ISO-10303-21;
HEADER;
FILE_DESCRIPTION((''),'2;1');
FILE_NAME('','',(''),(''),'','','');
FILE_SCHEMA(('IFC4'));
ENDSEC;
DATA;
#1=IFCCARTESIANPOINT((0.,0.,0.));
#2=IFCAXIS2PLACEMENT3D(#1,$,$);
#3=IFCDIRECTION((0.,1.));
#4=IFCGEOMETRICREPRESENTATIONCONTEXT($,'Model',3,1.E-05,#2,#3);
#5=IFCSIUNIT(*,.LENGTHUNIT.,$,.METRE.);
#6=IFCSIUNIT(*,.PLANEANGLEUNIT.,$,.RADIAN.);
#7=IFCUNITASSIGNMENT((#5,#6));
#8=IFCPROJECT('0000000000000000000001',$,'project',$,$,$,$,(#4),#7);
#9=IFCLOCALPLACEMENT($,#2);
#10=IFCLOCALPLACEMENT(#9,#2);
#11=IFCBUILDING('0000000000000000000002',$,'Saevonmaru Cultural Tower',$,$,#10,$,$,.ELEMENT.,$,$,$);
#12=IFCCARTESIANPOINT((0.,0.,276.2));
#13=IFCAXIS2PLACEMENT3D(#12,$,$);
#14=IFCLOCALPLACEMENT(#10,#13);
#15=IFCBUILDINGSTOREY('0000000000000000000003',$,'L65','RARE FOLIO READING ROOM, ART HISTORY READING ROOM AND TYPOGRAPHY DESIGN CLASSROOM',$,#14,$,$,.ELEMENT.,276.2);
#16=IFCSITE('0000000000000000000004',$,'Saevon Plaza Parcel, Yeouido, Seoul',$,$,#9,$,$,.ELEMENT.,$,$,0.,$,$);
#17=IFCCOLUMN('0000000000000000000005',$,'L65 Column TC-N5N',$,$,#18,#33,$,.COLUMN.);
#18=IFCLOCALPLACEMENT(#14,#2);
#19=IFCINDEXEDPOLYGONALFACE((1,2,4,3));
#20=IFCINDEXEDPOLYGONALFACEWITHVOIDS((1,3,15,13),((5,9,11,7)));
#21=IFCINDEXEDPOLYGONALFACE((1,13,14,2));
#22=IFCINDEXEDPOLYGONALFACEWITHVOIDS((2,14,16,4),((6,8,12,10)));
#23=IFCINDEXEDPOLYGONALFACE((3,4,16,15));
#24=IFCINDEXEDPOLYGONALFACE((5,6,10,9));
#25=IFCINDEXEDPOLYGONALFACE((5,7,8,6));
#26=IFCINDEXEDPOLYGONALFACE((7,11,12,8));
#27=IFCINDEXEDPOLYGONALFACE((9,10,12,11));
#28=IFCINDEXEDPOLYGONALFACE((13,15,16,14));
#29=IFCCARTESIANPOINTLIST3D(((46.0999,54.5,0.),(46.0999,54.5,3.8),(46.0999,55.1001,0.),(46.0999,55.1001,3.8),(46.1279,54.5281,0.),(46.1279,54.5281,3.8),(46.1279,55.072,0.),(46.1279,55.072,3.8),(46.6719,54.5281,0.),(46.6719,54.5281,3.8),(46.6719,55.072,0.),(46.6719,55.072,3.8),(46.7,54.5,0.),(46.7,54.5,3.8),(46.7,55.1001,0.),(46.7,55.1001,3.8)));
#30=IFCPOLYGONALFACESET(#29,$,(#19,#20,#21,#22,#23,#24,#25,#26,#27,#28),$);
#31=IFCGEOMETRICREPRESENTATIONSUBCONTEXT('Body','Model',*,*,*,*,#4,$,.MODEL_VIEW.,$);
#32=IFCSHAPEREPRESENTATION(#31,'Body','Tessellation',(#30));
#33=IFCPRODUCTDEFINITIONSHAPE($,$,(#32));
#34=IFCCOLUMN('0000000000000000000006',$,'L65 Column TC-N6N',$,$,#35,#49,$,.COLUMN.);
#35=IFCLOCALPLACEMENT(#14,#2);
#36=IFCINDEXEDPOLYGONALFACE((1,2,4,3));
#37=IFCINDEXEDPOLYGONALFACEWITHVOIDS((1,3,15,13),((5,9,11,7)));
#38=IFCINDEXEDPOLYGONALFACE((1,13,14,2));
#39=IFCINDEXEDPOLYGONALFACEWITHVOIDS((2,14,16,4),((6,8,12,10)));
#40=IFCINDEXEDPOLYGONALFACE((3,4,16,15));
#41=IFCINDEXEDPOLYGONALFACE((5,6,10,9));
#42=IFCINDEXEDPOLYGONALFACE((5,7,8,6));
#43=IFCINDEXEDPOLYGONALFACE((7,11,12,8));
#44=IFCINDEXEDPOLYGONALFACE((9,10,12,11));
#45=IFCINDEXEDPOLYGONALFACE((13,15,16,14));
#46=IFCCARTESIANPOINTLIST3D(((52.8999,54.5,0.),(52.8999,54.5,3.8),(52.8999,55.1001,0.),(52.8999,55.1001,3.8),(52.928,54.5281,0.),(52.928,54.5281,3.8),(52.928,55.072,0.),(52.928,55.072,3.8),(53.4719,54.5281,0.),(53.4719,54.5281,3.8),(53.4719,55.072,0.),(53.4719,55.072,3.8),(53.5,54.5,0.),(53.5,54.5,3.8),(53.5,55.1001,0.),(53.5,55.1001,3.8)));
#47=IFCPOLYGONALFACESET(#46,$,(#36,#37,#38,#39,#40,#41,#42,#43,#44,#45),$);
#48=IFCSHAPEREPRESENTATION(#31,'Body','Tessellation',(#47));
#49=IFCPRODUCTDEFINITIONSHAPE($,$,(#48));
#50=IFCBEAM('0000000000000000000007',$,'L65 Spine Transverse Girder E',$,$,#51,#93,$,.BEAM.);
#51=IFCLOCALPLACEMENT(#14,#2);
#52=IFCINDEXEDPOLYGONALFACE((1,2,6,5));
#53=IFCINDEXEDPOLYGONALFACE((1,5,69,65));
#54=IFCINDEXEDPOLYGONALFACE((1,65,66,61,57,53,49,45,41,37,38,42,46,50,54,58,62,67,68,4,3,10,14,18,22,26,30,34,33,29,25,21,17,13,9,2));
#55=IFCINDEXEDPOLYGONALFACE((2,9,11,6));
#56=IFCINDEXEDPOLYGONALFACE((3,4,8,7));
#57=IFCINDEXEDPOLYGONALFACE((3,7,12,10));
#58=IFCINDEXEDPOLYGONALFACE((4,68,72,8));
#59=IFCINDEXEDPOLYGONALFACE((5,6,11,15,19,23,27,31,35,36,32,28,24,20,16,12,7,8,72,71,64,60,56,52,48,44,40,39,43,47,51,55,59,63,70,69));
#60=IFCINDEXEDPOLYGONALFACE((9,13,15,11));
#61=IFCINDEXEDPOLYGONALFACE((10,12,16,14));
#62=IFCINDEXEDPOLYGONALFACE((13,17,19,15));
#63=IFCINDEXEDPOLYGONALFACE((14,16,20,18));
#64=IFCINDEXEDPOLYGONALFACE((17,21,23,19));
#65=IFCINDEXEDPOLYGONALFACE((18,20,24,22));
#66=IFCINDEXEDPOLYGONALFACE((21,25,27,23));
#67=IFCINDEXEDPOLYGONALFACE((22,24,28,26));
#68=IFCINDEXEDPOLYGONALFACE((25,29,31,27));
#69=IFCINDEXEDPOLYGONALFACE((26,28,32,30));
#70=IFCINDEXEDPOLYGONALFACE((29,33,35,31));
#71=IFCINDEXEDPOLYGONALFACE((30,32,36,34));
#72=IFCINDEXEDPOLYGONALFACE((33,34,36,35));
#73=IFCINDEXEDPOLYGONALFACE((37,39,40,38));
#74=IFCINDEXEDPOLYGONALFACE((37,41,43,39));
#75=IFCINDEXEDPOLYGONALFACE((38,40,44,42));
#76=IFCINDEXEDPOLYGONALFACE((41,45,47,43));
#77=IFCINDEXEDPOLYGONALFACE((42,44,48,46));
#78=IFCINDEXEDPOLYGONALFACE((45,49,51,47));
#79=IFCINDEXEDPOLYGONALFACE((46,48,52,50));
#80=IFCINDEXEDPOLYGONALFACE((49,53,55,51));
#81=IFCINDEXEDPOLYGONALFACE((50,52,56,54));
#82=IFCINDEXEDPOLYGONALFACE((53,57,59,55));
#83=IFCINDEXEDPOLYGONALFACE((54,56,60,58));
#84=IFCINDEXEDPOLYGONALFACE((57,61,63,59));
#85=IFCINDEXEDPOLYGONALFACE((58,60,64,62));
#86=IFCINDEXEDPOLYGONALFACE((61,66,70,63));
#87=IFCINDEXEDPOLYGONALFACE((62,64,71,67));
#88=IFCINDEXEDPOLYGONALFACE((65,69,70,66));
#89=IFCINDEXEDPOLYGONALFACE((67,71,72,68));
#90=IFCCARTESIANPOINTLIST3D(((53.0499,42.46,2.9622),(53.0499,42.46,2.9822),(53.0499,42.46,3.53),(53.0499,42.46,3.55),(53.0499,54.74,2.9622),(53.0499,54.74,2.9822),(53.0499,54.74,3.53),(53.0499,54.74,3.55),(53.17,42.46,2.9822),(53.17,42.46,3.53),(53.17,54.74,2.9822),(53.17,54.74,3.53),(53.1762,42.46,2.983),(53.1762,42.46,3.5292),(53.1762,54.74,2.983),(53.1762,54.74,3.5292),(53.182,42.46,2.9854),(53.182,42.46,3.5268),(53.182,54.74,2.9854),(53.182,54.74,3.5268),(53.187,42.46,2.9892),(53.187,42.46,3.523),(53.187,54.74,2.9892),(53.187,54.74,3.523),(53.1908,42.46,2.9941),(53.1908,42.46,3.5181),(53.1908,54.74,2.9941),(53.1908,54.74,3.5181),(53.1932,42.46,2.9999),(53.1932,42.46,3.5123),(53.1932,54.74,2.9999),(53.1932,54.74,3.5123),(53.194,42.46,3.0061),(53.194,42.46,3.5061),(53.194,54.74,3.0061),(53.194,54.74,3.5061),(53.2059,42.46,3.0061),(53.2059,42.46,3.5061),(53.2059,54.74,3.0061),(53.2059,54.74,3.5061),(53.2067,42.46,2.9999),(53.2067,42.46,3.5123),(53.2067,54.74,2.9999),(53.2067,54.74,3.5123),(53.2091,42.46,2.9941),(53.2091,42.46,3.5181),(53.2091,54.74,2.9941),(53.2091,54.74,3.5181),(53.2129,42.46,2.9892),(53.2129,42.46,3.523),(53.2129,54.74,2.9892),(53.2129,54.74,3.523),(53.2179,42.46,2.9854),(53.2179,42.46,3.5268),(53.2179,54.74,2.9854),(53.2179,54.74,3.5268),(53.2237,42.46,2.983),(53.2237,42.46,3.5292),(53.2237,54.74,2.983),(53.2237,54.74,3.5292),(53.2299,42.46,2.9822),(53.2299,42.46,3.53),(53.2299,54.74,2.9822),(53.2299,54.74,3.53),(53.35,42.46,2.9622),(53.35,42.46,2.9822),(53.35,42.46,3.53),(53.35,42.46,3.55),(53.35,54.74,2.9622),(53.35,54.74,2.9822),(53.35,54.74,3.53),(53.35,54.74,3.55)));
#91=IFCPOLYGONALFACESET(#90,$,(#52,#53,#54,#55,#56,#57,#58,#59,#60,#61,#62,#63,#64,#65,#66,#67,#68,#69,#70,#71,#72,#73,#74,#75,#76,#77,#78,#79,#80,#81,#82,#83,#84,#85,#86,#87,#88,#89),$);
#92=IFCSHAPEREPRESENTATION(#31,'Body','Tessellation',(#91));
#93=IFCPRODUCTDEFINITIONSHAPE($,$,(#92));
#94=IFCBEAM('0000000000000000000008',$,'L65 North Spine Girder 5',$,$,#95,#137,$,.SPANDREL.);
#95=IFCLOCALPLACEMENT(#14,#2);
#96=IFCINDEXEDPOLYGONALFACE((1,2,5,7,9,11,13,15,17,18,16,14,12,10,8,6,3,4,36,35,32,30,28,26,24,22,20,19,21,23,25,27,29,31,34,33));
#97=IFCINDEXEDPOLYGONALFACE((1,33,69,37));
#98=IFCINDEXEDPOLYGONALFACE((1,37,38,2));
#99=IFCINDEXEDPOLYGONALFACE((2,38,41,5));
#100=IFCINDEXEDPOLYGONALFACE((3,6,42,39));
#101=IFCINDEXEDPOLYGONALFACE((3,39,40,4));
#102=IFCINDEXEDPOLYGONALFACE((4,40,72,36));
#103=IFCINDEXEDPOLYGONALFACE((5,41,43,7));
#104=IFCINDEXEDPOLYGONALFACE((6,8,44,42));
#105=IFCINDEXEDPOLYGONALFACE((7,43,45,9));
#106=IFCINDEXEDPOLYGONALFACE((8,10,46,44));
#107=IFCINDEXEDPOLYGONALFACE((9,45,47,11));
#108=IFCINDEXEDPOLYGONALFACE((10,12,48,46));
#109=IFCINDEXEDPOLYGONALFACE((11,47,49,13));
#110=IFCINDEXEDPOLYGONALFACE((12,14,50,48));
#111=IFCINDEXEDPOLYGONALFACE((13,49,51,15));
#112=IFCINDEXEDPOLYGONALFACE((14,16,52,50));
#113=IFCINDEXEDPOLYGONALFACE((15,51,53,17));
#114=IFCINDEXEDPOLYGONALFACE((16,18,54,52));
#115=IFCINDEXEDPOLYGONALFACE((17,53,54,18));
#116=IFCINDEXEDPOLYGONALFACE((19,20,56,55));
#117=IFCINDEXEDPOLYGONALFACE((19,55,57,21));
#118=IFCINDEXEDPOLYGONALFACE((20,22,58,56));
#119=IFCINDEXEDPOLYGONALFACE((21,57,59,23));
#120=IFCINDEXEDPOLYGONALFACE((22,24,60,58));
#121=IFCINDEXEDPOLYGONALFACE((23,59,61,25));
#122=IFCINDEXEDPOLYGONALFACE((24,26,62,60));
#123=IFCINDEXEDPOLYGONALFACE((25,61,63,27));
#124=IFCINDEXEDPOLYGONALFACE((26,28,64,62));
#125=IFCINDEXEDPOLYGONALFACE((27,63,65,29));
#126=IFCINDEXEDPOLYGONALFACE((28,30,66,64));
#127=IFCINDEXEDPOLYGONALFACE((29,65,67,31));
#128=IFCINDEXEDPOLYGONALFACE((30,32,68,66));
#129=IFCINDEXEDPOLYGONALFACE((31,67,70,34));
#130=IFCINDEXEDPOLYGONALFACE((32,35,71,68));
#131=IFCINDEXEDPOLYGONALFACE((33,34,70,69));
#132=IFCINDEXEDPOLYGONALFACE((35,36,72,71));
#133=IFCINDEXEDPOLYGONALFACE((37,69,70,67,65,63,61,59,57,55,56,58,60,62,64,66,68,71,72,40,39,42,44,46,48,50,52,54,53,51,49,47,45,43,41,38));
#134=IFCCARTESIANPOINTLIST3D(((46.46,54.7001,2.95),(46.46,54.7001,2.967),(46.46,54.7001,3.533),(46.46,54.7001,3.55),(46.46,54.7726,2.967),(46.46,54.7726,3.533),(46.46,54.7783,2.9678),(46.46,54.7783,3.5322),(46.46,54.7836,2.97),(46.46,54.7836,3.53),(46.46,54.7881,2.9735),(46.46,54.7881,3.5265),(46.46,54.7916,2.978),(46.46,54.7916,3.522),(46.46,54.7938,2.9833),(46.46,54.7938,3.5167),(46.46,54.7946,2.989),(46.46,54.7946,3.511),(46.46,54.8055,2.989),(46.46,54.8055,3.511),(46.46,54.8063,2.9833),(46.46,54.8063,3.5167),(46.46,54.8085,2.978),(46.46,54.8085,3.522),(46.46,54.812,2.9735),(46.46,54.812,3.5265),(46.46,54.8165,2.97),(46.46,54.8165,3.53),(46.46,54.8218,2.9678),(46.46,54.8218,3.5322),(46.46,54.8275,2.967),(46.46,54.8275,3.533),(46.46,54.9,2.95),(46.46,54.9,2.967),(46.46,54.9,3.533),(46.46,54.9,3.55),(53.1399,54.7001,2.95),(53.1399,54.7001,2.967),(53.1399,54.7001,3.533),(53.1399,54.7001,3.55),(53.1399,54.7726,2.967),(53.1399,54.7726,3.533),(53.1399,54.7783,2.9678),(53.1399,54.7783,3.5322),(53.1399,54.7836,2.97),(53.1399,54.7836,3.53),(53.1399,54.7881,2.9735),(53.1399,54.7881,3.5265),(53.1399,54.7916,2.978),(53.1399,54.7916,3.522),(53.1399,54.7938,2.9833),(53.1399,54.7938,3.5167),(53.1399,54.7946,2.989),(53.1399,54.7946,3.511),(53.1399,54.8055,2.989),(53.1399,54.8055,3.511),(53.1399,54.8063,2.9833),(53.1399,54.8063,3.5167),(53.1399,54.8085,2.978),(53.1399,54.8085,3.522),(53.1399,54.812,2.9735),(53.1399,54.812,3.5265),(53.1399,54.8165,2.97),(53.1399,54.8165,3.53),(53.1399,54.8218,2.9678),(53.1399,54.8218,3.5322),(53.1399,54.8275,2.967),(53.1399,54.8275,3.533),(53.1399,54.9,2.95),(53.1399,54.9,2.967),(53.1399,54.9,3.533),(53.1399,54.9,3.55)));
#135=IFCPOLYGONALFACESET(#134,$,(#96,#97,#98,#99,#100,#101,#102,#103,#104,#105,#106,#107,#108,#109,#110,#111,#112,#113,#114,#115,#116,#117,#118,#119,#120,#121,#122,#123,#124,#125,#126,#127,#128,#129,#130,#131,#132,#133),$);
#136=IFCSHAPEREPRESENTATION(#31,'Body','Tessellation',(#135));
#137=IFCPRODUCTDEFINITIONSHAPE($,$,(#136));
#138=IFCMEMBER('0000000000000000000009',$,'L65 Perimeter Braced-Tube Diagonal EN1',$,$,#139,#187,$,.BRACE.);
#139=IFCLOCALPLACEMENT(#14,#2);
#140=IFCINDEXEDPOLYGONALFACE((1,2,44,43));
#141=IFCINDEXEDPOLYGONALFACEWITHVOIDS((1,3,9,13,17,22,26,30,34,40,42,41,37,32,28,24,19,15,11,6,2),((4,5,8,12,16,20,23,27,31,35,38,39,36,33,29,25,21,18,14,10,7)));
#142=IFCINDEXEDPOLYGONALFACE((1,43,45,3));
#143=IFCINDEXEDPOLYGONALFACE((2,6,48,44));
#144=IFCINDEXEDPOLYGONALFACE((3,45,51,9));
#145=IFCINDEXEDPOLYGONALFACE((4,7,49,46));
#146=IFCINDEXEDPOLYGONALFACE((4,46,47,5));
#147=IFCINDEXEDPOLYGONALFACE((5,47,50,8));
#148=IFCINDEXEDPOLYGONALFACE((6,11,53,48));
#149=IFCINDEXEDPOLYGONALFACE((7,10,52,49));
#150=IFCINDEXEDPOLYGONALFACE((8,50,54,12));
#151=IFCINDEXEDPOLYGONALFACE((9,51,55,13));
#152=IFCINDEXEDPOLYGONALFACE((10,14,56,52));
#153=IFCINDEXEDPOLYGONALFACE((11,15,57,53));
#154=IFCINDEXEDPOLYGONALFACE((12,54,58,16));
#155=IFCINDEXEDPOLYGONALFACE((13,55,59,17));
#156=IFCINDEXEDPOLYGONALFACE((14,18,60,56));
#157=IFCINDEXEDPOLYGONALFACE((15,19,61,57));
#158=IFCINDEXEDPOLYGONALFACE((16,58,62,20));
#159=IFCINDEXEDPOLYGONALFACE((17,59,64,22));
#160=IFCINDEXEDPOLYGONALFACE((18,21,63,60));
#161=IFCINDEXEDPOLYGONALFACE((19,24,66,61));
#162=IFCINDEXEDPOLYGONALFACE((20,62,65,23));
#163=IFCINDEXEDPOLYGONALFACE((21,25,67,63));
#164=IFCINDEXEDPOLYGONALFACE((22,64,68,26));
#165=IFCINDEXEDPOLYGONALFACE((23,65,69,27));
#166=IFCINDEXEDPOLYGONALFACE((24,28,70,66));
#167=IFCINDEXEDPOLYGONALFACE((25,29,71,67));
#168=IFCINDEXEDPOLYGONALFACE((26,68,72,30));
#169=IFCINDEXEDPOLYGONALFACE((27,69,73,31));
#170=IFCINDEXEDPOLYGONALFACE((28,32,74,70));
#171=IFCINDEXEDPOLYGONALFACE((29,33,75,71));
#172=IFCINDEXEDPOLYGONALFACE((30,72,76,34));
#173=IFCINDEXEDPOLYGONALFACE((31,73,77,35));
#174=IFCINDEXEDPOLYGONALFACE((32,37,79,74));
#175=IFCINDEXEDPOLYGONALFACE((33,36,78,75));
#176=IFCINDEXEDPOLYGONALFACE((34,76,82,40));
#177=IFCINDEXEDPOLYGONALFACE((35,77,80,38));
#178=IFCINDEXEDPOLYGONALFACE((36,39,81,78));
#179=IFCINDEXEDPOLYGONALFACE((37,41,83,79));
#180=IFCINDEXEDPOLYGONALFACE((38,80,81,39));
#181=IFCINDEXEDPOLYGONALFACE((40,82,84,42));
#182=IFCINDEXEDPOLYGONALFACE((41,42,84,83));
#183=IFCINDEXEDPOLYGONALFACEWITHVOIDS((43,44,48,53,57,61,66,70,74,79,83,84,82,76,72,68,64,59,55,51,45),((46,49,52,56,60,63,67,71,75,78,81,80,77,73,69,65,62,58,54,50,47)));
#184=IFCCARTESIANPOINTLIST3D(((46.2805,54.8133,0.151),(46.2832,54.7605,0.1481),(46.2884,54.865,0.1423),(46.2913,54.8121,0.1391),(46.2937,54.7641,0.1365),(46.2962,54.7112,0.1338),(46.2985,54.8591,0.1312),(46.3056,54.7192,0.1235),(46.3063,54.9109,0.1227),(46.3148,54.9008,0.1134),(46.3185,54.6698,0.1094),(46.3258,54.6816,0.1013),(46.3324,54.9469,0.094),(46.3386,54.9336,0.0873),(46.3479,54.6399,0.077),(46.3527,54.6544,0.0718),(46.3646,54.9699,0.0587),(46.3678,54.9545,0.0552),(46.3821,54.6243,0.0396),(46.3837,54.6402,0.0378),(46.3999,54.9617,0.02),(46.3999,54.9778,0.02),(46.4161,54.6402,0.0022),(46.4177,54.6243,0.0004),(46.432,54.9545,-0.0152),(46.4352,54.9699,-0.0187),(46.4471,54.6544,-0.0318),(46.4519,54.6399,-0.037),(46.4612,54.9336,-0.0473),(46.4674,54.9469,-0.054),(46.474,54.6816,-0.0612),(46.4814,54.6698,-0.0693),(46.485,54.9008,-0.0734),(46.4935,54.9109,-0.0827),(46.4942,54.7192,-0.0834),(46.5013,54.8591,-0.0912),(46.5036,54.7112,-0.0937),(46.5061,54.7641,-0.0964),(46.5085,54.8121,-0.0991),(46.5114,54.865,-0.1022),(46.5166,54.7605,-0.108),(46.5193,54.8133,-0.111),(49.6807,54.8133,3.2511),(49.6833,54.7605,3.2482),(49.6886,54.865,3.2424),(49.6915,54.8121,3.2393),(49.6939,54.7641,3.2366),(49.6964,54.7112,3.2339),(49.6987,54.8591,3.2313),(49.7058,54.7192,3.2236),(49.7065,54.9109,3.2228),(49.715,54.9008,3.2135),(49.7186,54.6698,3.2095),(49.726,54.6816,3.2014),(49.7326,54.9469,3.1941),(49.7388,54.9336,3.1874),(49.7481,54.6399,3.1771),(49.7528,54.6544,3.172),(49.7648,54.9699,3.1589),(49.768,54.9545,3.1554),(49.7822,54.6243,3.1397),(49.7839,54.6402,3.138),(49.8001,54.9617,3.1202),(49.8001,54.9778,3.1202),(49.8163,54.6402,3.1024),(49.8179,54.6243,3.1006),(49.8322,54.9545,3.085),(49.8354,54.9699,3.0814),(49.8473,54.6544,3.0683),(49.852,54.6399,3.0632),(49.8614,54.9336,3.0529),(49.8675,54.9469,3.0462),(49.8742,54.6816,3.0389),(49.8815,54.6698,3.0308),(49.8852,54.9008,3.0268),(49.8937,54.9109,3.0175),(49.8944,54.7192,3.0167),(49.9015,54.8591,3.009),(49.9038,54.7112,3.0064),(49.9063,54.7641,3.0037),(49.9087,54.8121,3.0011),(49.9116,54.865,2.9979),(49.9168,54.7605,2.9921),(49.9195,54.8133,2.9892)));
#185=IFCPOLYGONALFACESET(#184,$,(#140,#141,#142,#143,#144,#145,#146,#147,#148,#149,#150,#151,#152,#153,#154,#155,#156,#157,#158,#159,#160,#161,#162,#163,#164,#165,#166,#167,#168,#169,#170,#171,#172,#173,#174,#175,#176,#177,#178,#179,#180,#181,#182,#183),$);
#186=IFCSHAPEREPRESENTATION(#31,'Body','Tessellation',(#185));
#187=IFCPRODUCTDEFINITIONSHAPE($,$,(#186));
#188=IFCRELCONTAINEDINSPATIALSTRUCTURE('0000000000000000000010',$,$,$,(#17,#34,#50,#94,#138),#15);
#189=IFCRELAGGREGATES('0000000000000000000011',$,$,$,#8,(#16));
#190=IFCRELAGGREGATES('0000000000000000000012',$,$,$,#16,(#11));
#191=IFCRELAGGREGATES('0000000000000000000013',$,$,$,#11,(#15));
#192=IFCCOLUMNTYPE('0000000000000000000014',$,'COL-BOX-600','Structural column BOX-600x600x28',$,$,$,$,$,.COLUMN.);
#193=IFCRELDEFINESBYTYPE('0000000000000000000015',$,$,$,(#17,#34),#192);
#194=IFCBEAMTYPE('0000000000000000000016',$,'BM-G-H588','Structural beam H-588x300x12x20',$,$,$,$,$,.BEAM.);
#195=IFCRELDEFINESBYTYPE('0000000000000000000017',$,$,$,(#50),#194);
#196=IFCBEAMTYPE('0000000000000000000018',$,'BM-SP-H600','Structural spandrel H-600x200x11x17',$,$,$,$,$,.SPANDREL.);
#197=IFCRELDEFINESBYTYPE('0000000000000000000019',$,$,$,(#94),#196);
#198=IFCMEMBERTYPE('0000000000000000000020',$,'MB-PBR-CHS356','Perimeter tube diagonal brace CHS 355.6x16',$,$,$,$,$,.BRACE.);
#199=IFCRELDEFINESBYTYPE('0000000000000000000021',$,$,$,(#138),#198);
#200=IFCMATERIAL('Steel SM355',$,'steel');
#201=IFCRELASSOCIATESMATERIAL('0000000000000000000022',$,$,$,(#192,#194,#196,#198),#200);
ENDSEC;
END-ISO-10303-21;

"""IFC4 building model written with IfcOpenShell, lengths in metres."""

from ifc_helpers import new_model, si_unit, direction, frame, origin, origin_2d, place, context, subcontext, project, spatial, hollow_rectangle, hollow_circle, i_section, extrude, material, material_profile, profile_set, type_object, element, save


model = new_model("IFC4")

# Units and contexts
model_context = context("Model", 3, precision=1e-05, world=origin(), true_north=direction((0.0, 1.0)))
body_context = subcontext(model_context, "Body", "Model", "MODEL_VIEW")
ifc_project = project(units=[si_unit("LENGTHUNIT", "METRE"), si_unit("PLANEANGLEUNIT", "RADIAN")], contexts=[model_context])

# Site, building, storey
site_placement = place(None, origin())
site = spatial("IfcSite", under=ifc_project, at=site_placement, Name="Saevon Plaza Parcel, Yeouido, Seoul", CompositionType="ELEMENT", RefElevation=0.0)
building_placement = place(site_placement, origin())
building = spatial("IfcBuilding", under=site, at=building_placement, Name="Saevonmaru Cultural Tower", CompositionType="ELEMENT")
storey_placement = place(building_placement, frame((0.0, 0.0, 276.2)))
storey = spatial("IfcBuildingStorey", under=building, at=storey_placement, Name="L65", Description="RARE FOLIO READING ROOM, ART HISTORY READING ROOM AND TYPOGRAPHY DESIGN CLASSROOM", CompositionType="ELEMENT", Elevation=276.2)

# Columns
ifc_material_1 = material(Name="Steel SM355", Category="steel")
ifc_material_profile_1 = material_profile(ifc_material_1, hollow_rectangle(XDim=0.6001, YDim=0.6001, WallThickness=0.0281, at=origin_2d()), Name="BOX-600x600x28")
ifc_profile_set_1 = profile_set([ifc_material_profile_1], Name="Steel SM355")
column_type = type_object("IfcColumnType", Name="COL-BOX-600", Description="Structural column BOX-600x600x28", PredefinedType="COLUMN", material=ifc_profile_set_1)
for number, where, z_axis, x_axis, name in (
    (1, (46.3999, 54.8, 0.0), (0.0, 0.0, 1.0), (1.0, 0.0, 0.0), "L65 Column TC-N5N"),
    (2, (53.2, 54.8, 0.0), (0.0, 0.0, 1.0), (1.0, 0.0, 0.0), "L65 Column TC-N6N"),
):
    element("IfcColumn", number, at=place(storey_placement, frame(where, z_axis=z_axis, x_axis=x_axis)), inside=storey, type_object=column_type, Name=name, PredefinedType="COLUMN", context=body_context, shape_type="SweptSolid", body=[
        extrude(hollow_rectangle(XDim=0.6001, YDim=0.6001, WallThickness=0.0281, at=origin_2d()), origin(), (0.0, 0.0, 1.0), 3.8),
    ])

# Beams
ifc_material_profile_2 = material_profile(ifc_material_1, i_section(OverallWidth=0.3, OverallDepth=0.5879, WebThickness=0.012, FlangeThickness=0.02, FilletRadius=0.0239, at=origin_2d()), Name="H-588x300x12x20")
ifc_profile_set_2 = profile_set([ifc_material_profile_2], Name="Steel SM355")
beam_type_1 = type_object("IfcBeamType", Name="BM-G-H588", Description="Structural beam H-588x300x12x20", PredefinedType="BEAM", material=ifc_profile_set_2)
beam_1_placement = place(storey_placement, frame((53.2, 54.74, 3.2561), z_axis=(0.0, -1.0, 0.0), x_axis=(1.0, 0.0, 0.0)))
element("IfcBeam", 3, at=beam_1_placement, inside=storey, type_object=beam_type_1, Name="L65 Spine Transverse Girder E", PredefinedType="BEAM", context=body_context, shape_type="SweptSolid", body=[
    extrude(i_section(OverallWidth=0.3, OverallDepth=0.5879, WebThickness=0.012, FlangeThickness=0.02, FilletRadius=0.0239, at=origin_2d()), origin(), (0.0, 0.0, 1.0), 12.28),
])
ifc_material_profile_3 = material_profile(ifc_material_1, i_section(OverallWidth=0.2, OverallDepth=0.6001, WebThickness=0.011, FlangeThickness=0.0171, FilletRadius=0.022, at=origin_2d()), Name="H-600x200x11x17")
ifc_profile_set_3 = profile_set([ifc_material_profile_3], Name="Steel SM355")
beam_type_2 = type_object("IfcBeamType", Name="BM-SP-H600", Description="Structural spandrel H-600x200x11x17", PredefinedType="SPANDREL", material=ifc_profile_set_3)
beam_2_placement = place(storey_placement, frame((46.46, 54.8, 3.25), z_axis=(1.0, 0.0, 0.0), x_axis=(0.0, 1.0, 0.0)))
element("IfcBeam", 4, at=beam_2_placement, inside=storey, type_object=beam_type_2, Name="L65 North Spine Girder 5", PredefinedType="SPANDREL", context=body_context, shape_type="SweptSolid", body=[
    extrude(i_section(OverallWidth=0.2, OverallDepth=0.6001, WebThickness=0.011, FlangeThickness=0.0171, FilletRadius=0.022, at=origin_2d()), origin(), (0.0, 0.0, 1.0), 6.6799),
])

# Member
ifc_material_profile_4 = material_profile(ifc_material_1, hollow_circle(Radius=0.1777, WallThickness=0.0161, at=origin_2d()), Name="CHS-355.6x16")
ifc_profile_set_4 = profile_set([ifc_material_profile_4], Name="Steel SM355")
member_type_1 = type_object("IfcMemberType", Name="MB-PBR-CHS356", Description="Perimeter tube diagonal brace CHS 355.6x16", PredefinedType="BRACE", material=ifc_profile_set_4)
member_1_placement = place(storey_placement, frame((46.3999, 54.8, 0.02), z_axis=(0.73896, 0.0, 0.67375), x_axis=(0.0, 1.0, 0.0)))
element("IfcMember", 5, at=member_1_placement, inside=storey, type_object=member_type_1, Name="L65 Perimeter Braced-Tube Diagonal EN1", PredefinedType="BRACE", context=body_context, shape_type="SweptSolid", body=[
    extrude(hollow_circle(Radius=0.1777, WallThickness=0.0161, at=origin_2d()), origin(), (0.0, 0.0, 1.0), 4.6013),
])

save(model, "model.ifc")
